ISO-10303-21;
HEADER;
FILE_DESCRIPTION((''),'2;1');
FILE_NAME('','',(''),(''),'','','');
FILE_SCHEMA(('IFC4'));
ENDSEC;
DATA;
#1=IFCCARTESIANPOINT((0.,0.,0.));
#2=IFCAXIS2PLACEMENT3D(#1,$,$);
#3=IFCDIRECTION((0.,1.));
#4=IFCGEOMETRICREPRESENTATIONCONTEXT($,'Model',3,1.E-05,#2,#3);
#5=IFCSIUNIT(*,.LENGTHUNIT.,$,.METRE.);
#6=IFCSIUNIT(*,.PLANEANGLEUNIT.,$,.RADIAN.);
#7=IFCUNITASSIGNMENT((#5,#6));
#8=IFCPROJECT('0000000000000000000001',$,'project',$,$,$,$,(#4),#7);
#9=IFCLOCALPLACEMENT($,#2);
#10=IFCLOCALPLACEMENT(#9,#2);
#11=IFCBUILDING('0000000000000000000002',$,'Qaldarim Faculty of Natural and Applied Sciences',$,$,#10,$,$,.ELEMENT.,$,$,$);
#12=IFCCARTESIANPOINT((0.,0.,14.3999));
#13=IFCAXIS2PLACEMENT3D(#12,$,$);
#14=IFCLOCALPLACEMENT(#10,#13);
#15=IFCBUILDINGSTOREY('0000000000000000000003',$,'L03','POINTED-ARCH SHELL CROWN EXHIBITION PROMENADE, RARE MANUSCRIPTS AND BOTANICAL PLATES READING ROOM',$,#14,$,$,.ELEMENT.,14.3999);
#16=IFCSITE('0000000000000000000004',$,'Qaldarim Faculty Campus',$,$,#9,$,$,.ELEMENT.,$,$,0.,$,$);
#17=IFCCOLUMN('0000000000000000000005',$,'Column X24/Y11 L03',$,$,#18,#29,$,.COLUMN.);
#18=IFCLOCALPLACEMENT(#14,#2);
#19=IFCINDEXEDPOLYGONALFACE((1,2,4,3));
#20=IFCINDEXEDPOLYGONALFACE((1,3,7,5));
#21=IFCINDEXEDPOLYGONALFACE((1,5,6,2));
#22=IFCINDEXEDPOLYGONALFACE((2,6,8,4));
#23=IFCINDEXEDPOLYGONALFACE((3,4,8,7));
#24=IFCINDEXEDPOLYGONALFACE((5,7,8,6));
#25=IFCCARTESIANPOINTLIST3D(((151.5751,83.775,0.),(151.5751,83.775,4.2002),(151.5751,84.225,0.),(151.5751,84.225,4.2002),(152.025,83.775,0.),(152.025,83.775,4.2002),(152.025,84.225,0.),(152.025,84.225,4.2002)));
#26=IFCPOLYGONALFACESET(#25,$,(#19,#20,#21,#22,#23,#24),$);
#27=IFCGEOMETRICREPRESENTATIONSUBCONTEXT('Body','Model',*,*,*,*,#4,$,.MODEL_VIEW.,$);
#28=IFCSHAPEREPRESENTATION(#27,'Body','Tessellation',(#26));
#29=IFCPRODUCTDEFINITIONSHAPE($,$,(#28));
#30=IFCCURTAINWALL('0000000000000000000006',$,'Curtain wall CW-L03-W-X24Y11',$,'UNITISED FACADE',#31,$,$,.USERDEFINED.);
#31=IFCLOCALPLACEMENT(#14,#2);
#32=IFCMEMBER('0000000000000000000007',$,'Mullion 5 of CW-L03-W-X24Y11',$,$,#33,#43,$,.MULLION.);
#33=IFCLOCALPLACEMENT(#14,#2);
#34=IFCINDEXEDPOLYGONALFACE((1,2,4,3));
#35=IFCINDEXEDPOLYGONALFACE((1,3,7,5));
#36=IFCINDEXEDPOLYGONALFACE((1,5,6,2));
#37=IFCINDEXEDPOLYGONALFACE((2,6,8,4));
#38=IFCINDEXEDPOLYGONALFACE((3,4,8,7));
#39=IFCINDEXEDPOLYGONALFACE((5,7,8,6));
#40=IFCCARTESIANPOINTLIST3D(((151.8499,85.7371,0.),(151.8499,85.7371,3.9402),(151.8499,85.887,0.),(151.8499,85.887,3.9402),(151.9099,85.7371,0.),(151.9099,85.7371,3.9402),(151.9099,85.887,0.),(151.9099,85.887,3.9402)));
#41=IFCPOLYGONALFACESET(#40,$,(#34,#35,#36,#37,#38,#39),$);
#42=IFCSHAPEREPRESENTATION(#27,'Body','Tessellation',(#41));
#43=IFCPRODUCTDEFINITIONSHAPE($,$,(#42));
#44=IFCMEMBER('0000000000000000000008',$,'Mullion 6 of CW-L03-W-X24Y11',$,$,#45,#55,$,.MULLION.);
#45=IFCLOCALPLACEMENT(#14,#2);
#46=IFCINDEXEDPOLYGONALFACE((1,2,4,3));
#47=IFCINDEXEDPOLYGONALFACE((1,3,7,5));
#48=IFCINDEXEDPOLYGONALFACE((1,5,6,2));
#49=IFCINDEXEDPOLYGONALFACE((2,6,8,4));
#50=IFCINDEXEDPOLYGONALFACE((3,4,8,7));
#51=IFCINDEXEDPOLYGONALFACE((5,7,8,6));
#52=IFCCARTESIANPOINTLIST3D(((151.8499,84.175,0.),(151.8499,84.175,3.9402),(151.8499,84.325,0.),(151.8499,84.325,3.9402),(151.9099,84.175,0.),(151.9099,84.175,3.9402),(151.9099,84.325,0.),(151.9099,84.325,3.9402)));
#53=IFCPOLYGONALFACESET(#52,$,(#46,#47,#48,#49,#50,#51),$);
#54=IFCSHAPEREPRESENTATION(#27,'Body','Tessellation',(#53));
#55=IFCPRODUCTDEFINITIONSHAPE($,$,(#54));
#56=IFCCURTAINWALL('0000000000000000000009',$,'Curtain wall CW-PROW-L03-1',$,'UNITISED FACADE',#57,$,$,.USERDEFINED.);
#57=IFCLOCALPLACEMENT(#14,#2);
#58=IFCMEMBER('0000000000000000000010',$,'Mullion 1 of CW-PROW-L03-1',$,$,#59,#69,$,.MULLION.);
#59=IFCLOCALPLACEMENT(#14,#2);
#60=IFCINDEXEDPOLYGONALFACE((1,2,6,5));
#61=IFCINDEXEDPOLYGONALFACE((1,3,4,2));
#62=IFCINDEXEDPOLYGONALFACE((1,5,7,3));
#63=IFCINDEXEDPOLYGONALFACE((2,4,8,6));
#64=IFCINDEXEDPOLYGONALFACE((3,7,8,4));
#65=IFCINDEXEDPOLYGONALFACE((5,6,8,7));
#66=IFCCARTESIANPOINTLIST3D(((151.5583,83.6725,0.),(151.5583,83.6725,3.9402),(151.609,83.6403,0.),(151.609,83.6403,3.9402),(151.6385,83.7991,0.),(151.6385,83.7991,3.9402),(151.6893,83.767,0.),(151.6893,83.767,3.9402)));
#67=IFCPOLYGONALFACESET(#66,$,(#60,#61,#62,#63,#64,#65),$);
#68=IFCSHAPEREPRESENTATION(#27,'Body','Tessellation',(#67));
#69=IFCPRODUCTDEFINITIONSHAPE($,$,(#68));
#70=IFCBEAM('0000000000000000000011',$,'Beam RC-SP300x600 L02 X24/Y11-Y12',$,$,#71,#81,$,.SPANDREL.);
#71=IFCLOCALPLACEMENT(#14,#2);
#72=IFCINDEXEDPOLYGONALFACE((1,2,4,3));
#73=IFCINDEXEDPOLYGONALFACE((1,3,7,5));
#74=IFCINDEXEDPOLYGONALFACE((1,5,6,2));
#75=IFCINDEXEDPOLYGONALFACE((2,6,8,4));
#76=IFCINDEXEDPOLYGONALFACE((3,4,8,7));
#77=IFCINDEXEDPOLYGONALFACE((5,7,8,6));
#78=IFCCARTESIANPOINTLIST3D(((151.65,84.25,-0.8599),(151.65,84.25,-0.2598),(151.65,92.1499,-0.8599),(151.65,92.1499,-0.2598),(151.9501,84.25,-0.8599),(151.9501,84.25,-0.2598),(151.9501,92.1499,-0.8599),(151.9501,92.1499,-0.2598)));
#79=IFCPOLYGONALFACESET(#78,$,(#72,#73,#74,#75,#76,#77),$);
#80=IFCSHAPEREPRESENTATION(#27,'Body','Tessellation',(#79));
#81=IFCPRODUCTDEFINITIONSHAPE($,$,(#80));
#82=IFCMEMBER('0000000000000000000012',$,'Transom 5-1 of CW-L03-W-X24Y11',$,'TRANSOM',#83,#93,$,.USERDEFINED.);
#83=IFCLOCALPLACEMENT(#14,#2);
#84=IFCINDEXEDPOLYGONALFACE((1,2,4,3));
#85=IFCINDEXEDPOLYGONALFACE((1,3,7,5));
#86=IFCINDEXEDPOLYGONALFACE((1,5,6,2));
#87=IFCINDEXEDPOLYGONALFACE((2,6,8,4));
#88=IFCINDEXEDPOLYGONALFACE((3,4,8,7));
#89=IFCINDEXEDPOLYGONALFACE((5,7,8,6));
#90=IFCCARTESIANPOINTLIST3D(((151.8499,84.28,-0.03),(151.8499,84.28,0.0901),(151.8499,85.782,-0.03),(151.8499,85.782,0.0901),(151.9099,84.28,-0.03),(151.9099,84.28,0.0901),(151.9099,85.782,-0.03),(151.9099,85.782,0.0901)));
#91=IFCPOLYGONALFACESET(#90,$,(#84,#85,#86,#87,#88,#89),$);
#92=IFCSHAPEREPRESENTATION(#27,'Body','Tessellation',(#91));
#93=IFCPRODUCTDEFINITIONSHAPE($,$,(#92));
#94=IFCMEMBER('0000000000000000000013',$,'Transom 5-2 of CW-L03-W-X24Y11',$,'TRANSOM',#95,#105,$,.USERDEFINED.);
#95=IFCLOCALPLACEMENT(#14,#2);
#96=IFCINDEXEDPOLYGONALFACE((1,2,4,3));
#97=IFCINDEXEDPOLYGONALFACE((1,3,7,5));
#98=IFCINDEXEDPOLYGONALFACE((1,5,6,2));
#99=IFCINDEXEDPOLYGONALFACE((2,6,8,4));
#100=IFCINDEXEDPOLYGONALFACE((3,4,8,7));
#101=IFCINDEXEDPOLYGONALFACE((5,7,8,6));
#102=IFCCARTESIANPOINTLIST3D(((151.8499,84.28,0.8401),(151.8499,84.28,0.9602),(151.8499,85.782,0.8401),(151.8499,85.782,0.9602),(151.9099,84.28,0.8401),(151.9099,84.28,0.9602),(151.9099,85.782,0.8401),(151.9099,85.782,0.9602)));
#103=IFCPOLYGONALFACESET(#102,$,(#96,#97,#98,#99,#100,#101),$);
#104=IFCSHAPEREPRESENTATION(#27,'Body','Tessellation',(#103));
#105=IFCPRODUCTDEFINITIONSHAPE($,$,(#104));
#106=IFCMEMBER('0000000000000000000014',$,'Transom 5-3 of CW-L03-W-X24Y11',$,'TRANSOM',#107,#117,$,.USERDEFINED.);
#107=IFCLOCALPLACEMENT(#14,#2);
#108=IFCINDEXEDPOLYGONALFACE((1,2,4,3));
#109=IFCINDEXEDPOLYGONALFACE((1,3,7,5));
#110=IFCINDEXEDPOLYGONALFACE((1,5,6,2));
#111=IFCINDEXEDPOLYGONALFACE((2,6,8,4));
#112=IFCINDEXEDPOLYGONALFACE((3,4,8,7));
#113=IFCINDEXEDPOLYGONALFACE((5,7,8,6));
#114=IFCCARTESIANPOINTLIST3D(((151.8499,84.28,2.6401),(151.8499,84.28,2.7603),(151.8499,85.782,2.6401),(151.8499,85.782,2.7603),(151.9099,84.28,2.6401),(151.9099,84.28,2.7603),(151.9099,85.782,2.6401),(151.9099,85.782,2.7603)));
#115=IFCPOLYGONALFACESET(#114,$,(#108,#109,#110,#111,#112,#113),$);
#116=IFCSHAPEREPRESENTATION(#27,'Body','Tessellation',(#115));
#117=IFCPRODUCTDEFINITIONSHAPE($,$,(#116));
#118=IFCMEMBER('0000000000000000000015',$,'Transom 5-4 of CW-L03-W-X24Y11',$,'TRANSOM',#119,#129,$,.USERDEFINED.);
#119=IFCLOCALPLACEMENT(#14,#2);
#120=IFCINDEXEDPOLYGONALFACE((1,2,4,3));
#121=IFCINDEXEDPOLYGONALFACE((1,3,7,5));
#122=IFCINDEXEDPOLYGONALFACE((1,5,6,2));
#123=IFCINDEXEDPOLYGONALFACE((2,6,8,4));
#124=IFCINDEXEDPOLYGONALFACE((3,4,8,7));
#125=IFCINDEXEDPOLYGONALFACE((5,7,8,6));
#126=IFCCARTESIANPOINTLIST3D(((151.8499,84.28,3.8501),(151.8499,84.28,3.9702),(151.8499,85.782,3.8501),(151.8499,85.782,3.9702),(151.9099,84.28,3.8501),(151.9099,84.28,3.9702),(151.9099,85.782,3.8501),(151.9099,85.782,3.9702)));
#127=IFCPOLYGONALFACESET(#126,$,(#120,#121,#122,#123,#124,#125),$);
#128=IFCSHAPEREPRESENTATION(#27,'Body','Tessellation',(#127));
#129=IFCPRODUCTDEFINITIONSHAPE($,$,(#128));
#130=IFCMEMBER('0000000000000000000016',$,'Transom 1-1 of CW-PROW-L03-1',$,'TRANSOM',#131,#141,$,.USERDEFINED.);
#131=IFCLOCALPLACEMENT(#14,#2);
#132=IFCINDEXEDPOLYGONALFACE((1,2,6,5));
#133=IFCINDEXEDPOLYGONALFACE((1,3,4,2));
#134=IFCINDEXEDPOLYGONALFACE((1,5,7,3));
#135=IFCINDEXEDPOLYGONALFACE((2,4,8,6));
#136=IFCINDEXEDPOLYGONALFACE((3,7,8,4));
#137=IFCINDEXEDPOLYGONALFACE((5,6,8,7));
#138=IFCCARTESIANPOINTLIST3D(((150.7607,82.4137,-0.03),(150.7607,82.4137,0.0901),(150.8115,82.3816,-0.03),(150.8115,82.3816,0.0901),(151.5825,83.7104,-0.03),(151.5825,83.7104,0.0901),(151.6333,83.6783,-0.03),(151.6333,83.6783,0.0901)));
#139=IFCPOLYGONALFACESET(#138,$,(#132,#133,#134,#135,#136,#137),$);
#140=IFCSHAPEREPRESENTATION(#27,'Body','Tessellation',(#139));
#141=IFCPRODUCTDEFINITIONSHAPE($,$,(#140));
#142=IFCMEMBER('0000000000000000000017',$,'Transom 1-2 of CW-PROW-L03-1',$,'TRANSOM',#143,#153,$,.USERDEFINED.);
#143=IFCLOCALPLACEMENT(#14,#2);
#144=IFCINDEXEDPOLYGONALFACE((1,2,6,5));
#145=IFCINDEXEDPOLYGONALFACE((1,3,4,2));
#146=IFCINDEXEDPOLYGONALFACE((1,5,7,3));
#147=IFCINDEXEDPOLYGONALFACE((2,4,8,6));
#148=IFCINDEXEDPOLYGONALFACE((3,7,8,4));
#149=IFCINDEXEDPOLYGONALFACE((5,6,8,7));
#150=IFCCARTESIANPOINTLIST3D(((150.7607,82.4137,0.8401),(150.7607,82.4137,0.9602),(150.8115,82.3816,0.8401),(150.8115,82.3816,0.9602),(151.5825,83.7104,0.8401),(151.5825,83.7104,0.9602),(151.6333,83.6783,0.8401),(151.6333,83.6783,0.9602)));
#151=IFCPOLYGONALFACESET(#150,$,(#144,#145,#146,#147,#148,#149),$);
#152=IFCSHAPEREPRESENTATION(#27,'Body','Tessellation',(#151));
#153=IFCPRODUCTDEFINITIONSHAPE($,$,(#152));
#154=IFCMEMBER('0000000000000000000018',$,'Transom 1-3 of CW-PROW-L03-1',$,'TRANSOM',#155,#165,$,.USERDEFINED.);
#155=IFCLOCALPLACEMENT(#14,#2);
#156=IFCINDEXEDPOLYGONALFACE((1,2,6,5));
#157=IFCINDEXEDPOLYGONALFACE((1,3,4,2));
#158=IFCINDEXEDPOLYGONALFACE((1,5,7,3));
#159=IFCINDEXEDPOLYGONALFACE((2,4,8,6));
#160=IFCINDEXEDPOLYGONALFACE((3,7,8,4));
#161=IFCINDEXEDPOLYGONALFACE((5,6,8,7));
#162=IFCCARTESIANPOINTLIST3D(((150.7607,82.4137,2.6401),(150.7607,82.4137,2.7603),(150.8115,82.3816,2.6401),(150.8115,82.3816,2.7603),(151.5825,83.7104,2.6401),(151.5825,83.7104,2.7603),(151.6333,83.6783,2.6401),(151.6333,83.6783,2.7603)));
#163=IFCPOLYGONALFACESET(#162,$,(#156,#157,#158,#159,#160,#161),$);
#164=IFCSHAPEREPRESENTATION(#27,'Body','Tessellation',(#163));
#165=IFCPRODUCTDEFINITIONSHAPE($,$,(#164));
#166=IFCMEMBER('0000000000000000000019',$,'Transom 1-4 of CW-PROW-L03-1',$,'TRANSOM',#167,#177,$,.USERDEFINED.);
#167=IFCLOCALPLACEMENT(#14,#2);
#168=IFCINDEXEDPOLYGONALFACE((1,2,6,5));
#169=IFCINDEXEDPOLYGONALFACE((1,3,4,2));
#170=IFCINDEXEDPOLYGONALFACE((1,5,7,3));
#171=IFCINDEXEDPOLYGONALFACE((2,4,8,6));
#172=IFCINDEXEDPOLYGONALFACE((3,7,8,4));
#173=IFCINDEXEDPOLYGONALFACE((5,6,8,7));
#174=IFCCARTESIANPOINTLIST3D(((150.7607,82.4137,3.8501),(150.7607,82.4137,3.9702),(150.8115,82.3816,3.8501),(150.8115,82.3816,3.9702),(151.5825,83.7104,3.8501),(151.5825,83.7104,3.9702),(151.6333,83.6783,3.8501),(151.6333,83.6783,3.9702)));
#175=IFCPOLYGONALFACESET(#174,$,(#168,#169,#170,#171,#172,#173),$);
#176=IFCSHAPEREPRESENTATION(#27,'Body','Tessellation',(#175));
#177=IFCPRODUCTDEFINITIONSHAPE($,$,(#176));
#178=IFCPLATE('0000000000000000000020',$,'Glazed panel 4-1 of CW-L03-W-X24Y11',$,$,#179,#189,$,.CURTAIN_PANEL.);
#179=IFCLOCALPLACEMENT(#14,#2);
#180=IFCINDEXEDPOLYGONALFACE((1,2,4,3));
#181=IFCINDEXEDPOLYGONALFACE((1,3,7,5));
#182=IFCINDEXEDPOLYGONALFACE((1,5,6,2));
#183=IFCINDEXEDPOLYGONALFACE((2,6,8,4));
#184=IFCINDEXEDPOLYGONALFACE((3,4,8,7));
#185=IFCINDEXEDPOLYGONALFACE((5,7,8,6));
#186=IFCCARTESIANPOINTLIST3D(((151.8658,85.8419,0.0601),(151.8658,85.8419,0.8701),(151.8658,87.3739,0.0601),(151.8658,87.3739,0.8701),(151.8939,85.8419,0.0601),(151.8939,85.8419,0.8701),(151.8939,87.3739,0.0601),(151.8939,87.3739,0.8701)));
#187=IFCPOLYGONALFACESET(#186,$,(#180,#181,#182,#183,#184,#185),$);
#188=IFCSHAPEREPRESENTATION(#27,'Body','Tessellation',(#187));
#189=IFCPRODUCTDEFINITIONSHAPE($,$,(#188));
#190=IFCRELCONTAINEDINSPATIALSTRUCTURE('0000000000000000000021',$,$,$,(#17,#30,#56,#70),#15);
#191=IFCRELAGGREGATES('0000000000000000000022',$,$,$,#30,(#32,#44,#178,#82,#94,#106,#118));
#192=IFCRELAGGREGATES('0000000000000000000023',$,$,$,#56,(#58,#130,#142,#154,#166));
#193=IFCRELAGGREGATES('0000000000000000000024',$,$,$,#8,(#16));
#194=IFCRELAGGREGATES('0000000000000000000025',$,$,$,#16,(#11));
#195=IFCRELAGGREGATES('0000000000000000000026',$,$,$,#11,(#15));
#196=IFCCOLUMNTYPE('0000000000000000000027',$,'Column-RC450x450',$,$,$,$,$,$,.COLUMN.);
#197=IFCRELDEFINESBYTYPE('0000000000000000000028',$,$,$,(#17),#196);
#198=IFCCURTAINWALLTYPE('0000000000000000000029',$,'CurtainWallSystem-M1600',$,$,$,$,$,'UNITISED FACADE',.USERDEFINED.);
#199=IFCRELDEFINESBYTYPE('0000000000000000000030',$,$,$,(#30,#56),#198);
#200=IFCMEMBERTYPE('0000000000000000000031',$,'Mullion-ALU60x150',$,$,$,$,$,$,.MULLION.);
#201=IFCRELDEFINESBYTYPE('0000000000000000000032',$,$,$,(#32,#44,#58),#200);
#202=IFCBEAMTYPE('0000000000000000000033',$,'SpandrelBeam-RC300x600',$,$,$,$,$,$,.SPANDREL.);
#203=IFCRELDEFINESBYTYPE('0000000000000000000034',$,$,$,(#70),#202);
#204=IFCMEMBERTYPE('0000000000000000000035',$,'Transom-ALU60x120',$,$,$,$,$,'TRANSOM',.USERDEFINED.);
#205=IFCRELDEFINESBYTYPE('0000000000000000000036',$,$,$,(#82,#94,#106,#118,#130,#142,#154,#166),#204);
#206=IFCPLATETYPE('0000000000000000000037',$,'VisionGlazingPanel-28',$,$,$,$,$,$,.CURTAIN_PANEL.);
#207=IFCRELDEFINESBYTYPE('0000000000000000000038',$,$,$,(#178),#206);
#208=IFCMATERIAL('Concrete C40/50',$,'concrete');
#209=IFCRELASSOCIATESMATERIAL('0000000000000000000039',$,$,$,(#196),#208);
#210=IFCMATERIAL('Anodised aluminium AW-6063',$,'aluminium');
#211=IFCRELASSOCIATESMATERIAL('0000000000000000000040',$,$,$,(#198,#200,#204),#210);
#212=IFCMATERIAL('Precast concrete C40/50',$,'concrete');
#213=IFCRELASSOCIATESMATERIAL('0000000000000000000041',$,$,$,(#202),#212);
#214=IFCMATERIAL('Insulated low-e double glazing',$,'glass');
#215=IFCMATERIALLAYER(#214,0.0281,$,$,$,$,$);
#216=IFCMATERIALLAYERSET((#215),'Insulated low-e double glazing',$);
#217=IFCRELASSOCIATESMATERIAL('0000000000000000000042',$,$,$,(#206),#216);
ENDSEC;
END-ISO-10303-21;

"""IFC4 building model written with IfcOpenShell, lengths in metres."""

from ifc_helpers import new_model, si_unit, direction, frame, origin, origin_2d, place, context, subcontext, project, spatial, rectangle, extrude, material, layer, layer_set, material_profile, profile_set, type_object, element, aggregate, save


model = new_model("IFC4")

# Units and contexts
model_context = context("Model", 3, precision=1e-05, world=origin(), true_north=direction((0.0, 1.0)))
body_context = subcontext(model_context, "Body", "Model", "MODEL_VIEW")
ifc_project = project(units=[si_unit("LENGTHUNIT", "METRE"), si_unit("PLANEANGLEUNIT", "RADIAN")], contexts=[model_context])

# Site, building, storey
site_placement = place(None, origin())
site = spatial("IfcSite", under=ifc_project, at=site_placement, Name="Qaldarim Faculty Campus", CompositionType="ELEMENT", RefElevation=0.0)
building_placement = place(site_placement, origin())
building = spatial("IfcBuilding", under=site, at=building_placement, Name="Qaldarim Faculty of Natural and Applied Sciences", CompositionType="ELEMENT")
storey_placement = place(building_placement, frame((0.0, 0.0, 14.3999)))
storey = spatial("IfcBuildingStorey", under=building, at=storey_placement, Name="L03", Description="POINTED-ARCH SHELL CROWN EXHIBITION PROMENADE, RARE MANUSCRIPTS AND BOTANICAL PLATES READING ROOM", CompositionType="ELEMENT", Elevation=14.3999)

# Column
ifc_material_1 = material(Name="Concrete C40/50", Category="concrete")
ifc_material_profile_1 = material_profile(ifc_material_1, rectangle(XDim=0.45, YDim=0.45, at=origin_2d()), Name="RC-C450x450")
ifc_profile_set_1 = profile_set([ifc_material_profile_1], Name="Concrete C40/50")
column_type = type_object("IfcColumnType", Name="Column-RC450x450", PredefinedType="COLUMN", material=ifc_profile_set_1)
column_placement = place(storey_placement, frame((151.8, 84.0, 0.0), z_axis=(0.0, 0.0, 1.0), x_axis=(1.0, 0.0, 0.0)))
element("IfcColumn", 1, at=column_placement, inside=storey, type_object=column_type, Name="Column X24/Y11 L03", PredefinedType="COLUMN", context=body_context, shape_type="SweptSolid", body=[
    extrude(rectangle(XDim=0.45, YDim=0.45, at=origin_2d()), origin(), (0.0, 0.0, 1.0), 4.2002),
])

# Curtain wall, members
ifc_material_2 = material(Name="Anodised aluminium AW-6063", Category="aluminium")
curtain_wall_type = type_object("IfcCurtainWallType", Name="CurtainWallSystem-M1600", ElementType="UNITISED FACADE", PredefinedType="USERDEFINED", material=ifc_material_2)
curtain_wall_1_placement = place(storey_placement, origin())
curtain_wall_1 = element("IfcCurtainWall", 2, at=curtain_wall_1_placement, inside=storey, type_object=curtain_wall_type, Name="Curtain wall CW-L03-W-X24Y11", ObjectType="UNITISED FACADE", PredefinedType="USERDEFINED")
ifc_material_profile_2 = material_profile(ifc_material_2, rectangle(XDim=0.0601, YDim=0.1499, at=origin_2d()), Name="ALU-M60x150")
ifc_profile_set_2 = profile_set([ifc_material_profile_2], Name="Anodised aluminium AW-6063")
member_type_1 = type_object("IfcMemberType", Name="Mullion-ALU60x150", PredefinedType="MULLION", material=ifc_profile_set_2)
member_1_placement = place(storey_placement, frame((151.8799, 85.812, 0.0), z_axis=(0.0, 0.0, 1.0), x_axis=(1.0, 0.0, 0.0)))
member_1 = element("IfcMember", 3, at=member_1_placement, type_object=member_type_1, Name="Mullion 5 of CW-L03-W-X24Y11", PredefinedType="MULLION", context=body_context, shape_type="SweptSolid", body=[
    extrude(rectangle(XDim=0.0601, YDim=0.1499, at=origin_2d()), origin(), (0.0, 0.0, 1.0), 3.9402),
])
member_2_placement = place(storey_placement, frame((151.8799, 84.25, 0.0), z_axis=(0.0, 0.0, 1.0), x_axis=(1.0, 0.0, 0.0)))
member_2 = element("IfcMember", 4, at=member_2_placement, type_object=member_type_1, Name="Mullion 6 of CW-L03-W-X24Y11", PredefinedType="MULLION", context=body_context, shape_type="SweptSolid", body=[
    extrude(rectangle(XDim=0.0601, YDim=0.1499, at=origin_2d()), origin(), (0.0, 0.0, 1.0), 3.9402),
])

# Curtain wall, member
curtain_wall_2_placement = place(storey_placement, origin())
curtain_wall_2 = element("IfcCurtainWall", 5, at=curtain_wall_2_placement, inside=storey, type_object=curtain_wall_type, Name="Curtain wall CW-PROW-L03-1", ObjectType="UNITISED FACADE", PredefinedType="USERDEFINED")
member_3_placement = place(storey_placement, frame((151.6238, 83.7197, 0.0), z_axis=(0.0, 0.0, 1.0), x_axis=(0.844608, -0.535385, 0.0)))
member_3 = element("IfcMember", 6, at=member_3_placement, type_object=member_type_1, Name="Mullion 1 of CW-PROW-L03-1", PredefinedType="MULLION", context=body_context, shape_type="SweptSolid", body=[
    extrude(rectangle(XDim=0.0601, YDim=0.1499, at=origin_2d()), origin(), (0.0, 0.0, 1.0), 3.9402),
])

# Beam
ifc_material_3 = material(Name="Precast concrete C40/50", Category="concrete")
ifc_material_profile_3 = material_profile(ifc_material_3, rectangle(XDim=0.3, YDim=0.6001, at=origin_2d()), Name="RC-SP300x600")
ifc_profile_set_3 = profile_set([ifc_material_profile_3], Name="Precast concrete C40/50")
beam_type = type_object("IfcBeamType", Name="SpandrelBeam-RC300x600", PredefinedType="SPANDREL", material=ifc_profile_set_3)
beam_placement = place(storey_placement, frame((151.8, 84.25, -0.5598), z_axis=(0.0, 1.0, 0.0), x_axis=(-1.0, 0.0, 0.0)))
element("IfcBeam", 7, at=beam_placement, inside=storey, type_object=beam_type, Name="Beam RC-SP300x600 L02 X24/Y11-Y12", PredefinedType="SPANDREL", context=body_context, shape_type="SweptSolid", body=[
    extrude(rectangle(XDim=0.3, YDim=0.6001, at=origin_2d()), origin(), (0.0, 0.0, 1.0), 7.8999),
])

# Members
ifc_material_profile_4 = material_profile(ifc_material_2, rectangle(XDim=0.0601, YDim=0.1201, at=origin_2d()), Name="ALU-T60x120")
ifc_profile_set_4 = profile_set([ifc_material_profile_4], Name="Anodised aluminium AW-6063")
member_type_2 = type_object("IfcMemberType", Name="Transom-ALU60x120", ElementType="TRANSOM", PredefinedType="USERDEFINED", material=ifc_profile_set_4)
member_4_placement = place(storey_placement, frame((151.8799, 85.782, 0.03), z_axis=(0.0, -1.0, 0.0), x_axis=(1.0, 0.0, 0.0)))
member_4 = element("IfcMember", 8, at=member_4_placement, type_object=member_type_2, Name="Transom 5-1 of CW-L03-W-X24Y11", ObjectType="TRANSOM", PredefinedType="USERDEFINED", context=body_context, shape_type="SweptSolid", body=[
    extrude(rectangle(XDim=0.0601, YDim=0.1201, at=origin_2d()), origin(), (0.0, 0.0, 1.0), 1.502),
])
member_5_placement = place(storey_placement, frame((151.8799, 85.782, 0.9001), z_axis=(0.0, -1.0, 0.0), x_axis=(1.0, 0.0, 0.0)))
member_5 = element("IfcMember", 9, at=member_5_placement, type_object=member_type_2, Name="Transom 5-2 of CW-L03-W-X24Y11", ObjectType="TRANSOM", PredefinedType="USERDEFINED", context=body_context, shape_type="SweptSolid", body=[
    extrude(rectangle(XDim=0.0601, YDim=0.1201, at=origin_2d()), origin(), (0.0, 0.0, 1.0), 1.502),
])
member_6_placement = place(storey_placement, frame((151.8799, 85.782, 2.7002), z_axis=(0.0, -1.0, 0.0), x_axis=(1.0, 0.0, 0.0)))
member_6 = element("IfcMember", 10, at=member_6_placement, type_object=member_type_2, Name="Transom 5-3 of CW-L03-W-X24Y11", ObjectType="TRANSOM", PredefinedType="USERDEFINED", context=body_context, shape_type="SweptSolid", body=[
    extrude(rectangle(XDim=0.0601, YDim=0.1201, at=origin_2d()), origin(), (0.0, 0.0, 1.0), 1.502),
])
member_7_placement = place(storey_placement, frame((151.8799, 85.782, 3.9102), z_axis=(0.0, -1.0, 0.0), x_axis=(1.0, 0.0, 0.0)))
member_7 = element("IfcMember", 11, at=member_7_placement, type_object=member_type_2, Name="Transom 5-4 of CW-L03-W-X24Y11", ObjectType="TRANSOM", PredefinedType="USERDEFINED", context=body_context, shape_type="SweptSolid", body=[
    extrude(rectangle(XDim=0.0601, YDim=0.1201, at=origin_2d()), origin(), (0.0, 0.0, 1.0), 1.502),
])
member_8_placement = place(storey_placement, frame((151.6079, 83.6943, 0.03), z_axis=(-0.535321, -0.844649, 0.0), x_axis=(0.844649, -0.535321, 0.0)))
member_8 = element("IfcMember", 12, at=member_8_placement, type_object=member_type_2, Name="Transom 1-1 of CW-PROW-L03-1", ObjectType="TRANSOM", PredefinedType="USERDEFINED", context=body_context, shape_type="SweptSolid", body=[
    extrude(rectangle(XDim=0.0601, YDim=0.1201, at=origin_2d()), origin(), (0.0, 0.0, 1.0), 1.5352),
])
member_9_placement = place(storey_placement, frame((151.6079, 83.6943, 0.9001), z_axis=(-0.535321, -0.844649, 0.0), x_axis=(0.844649, -0.535321, 0.0)))
member_9 = element("IfcMember", 13, at=member_9_placement, type_object=member_type_2, Name="Transom 1-2 of CW-PROW-L03-1", ObjectType="TRANSOM", PredefinedType="USERDEFINED", context=body_context, shape_type="SweptSolid", body=[
    extrude(rectangle(XDim=0.0601, YDim=0.1201, at=origin_2d()), origin(), (0.0, 0.0, 1.0), 1.5352),
])
member_10_placement = place(storey_placement, frame((151.6079, 83.6943, 2.7002), z_axis=(-0.535321, -0.844649, 0.0), x_axis=(0.844649, -0.535321, 0.0)))
member_10 = element("IfcMember", 14, at=member_10_placement, type_object=member_type_2, Name="Transom 1-3 of CW-PROW-L03-1", ObjectType="TRANSOM", PredefinedType="USERDEFINED", context=body_context, shape_type="SweptSolid", body=[
    extrude(rectangle(XDim=0.0601, YDim=0.1201, at=origin_2d()), origin(), (0.0, 0.0, 1.0), 1.5352),
])
member_11_placement = place(storey_placement, frame((151.6079, 83.6943, 3.9102), z_axis=(-0.535321, -0.844649, 0.0), x_axis=(0.844649, -0.535321, 0.0)))
member_11 = element("IfcMember", 15, at=member_11_placement, type_object=member_type_2, Name="Transom 1-4 of CW-PROW-L03-1", ObjectType="TRANSOM", PredefinedType="USERDEFINED", context=body_context, shape_type="SweptSolid", body=[
    extrude(rectangle(XDim=0.0601, YDim=0.1201, at=origin_2d()), origin(), (0.0, 0.0, 1.0), 1.5352),
])

# Plate
ifc_material_4 = material(Name="Insulated low-e double glazing", Category="glass")
ifc_layer = layer(ifc_material_4, 0.0281)
ifc_layer_set = layer_set([ifc_layer], Name="Insulated low-e double glazing")
plate_type = type_object("IfcPlateType", Name="VisionGlazingPanel-28", PredefinedType="CURTAIN_PANEL", material=ifc_layer_set)
plate_1_placement = place(storey_placement, frame((151.8799, 86.6079, 0.0601), z_axis=(0.0, 0.0, 1.0), x_axis=(0.0, -1.0, 0.0)))
plate_1 = element("IfcPlate", 16, at=plate_1_placement, type_object=plate_type, Name="Glazed panel 4-1 of CW-L03-W-X24Y11", PredefinedType="CURTAIN_PANEL", context=body_context, shape_type="SweptSolid", body=[
    extrude(rectangle(XDim=1.532, YDim=0.0281, at=origin_2d()), origin(), (0.0, 0.0, 1.0), 0.8101),
])
aggregate(curtain_wall_1, [member_1, member_2, plate_1, member_4, member_5, member_6, member_7])
aggregate(curtain_wall_2, [member_3, member_8, member_9, member_10, member_11])

save(model, "model.ifc")
